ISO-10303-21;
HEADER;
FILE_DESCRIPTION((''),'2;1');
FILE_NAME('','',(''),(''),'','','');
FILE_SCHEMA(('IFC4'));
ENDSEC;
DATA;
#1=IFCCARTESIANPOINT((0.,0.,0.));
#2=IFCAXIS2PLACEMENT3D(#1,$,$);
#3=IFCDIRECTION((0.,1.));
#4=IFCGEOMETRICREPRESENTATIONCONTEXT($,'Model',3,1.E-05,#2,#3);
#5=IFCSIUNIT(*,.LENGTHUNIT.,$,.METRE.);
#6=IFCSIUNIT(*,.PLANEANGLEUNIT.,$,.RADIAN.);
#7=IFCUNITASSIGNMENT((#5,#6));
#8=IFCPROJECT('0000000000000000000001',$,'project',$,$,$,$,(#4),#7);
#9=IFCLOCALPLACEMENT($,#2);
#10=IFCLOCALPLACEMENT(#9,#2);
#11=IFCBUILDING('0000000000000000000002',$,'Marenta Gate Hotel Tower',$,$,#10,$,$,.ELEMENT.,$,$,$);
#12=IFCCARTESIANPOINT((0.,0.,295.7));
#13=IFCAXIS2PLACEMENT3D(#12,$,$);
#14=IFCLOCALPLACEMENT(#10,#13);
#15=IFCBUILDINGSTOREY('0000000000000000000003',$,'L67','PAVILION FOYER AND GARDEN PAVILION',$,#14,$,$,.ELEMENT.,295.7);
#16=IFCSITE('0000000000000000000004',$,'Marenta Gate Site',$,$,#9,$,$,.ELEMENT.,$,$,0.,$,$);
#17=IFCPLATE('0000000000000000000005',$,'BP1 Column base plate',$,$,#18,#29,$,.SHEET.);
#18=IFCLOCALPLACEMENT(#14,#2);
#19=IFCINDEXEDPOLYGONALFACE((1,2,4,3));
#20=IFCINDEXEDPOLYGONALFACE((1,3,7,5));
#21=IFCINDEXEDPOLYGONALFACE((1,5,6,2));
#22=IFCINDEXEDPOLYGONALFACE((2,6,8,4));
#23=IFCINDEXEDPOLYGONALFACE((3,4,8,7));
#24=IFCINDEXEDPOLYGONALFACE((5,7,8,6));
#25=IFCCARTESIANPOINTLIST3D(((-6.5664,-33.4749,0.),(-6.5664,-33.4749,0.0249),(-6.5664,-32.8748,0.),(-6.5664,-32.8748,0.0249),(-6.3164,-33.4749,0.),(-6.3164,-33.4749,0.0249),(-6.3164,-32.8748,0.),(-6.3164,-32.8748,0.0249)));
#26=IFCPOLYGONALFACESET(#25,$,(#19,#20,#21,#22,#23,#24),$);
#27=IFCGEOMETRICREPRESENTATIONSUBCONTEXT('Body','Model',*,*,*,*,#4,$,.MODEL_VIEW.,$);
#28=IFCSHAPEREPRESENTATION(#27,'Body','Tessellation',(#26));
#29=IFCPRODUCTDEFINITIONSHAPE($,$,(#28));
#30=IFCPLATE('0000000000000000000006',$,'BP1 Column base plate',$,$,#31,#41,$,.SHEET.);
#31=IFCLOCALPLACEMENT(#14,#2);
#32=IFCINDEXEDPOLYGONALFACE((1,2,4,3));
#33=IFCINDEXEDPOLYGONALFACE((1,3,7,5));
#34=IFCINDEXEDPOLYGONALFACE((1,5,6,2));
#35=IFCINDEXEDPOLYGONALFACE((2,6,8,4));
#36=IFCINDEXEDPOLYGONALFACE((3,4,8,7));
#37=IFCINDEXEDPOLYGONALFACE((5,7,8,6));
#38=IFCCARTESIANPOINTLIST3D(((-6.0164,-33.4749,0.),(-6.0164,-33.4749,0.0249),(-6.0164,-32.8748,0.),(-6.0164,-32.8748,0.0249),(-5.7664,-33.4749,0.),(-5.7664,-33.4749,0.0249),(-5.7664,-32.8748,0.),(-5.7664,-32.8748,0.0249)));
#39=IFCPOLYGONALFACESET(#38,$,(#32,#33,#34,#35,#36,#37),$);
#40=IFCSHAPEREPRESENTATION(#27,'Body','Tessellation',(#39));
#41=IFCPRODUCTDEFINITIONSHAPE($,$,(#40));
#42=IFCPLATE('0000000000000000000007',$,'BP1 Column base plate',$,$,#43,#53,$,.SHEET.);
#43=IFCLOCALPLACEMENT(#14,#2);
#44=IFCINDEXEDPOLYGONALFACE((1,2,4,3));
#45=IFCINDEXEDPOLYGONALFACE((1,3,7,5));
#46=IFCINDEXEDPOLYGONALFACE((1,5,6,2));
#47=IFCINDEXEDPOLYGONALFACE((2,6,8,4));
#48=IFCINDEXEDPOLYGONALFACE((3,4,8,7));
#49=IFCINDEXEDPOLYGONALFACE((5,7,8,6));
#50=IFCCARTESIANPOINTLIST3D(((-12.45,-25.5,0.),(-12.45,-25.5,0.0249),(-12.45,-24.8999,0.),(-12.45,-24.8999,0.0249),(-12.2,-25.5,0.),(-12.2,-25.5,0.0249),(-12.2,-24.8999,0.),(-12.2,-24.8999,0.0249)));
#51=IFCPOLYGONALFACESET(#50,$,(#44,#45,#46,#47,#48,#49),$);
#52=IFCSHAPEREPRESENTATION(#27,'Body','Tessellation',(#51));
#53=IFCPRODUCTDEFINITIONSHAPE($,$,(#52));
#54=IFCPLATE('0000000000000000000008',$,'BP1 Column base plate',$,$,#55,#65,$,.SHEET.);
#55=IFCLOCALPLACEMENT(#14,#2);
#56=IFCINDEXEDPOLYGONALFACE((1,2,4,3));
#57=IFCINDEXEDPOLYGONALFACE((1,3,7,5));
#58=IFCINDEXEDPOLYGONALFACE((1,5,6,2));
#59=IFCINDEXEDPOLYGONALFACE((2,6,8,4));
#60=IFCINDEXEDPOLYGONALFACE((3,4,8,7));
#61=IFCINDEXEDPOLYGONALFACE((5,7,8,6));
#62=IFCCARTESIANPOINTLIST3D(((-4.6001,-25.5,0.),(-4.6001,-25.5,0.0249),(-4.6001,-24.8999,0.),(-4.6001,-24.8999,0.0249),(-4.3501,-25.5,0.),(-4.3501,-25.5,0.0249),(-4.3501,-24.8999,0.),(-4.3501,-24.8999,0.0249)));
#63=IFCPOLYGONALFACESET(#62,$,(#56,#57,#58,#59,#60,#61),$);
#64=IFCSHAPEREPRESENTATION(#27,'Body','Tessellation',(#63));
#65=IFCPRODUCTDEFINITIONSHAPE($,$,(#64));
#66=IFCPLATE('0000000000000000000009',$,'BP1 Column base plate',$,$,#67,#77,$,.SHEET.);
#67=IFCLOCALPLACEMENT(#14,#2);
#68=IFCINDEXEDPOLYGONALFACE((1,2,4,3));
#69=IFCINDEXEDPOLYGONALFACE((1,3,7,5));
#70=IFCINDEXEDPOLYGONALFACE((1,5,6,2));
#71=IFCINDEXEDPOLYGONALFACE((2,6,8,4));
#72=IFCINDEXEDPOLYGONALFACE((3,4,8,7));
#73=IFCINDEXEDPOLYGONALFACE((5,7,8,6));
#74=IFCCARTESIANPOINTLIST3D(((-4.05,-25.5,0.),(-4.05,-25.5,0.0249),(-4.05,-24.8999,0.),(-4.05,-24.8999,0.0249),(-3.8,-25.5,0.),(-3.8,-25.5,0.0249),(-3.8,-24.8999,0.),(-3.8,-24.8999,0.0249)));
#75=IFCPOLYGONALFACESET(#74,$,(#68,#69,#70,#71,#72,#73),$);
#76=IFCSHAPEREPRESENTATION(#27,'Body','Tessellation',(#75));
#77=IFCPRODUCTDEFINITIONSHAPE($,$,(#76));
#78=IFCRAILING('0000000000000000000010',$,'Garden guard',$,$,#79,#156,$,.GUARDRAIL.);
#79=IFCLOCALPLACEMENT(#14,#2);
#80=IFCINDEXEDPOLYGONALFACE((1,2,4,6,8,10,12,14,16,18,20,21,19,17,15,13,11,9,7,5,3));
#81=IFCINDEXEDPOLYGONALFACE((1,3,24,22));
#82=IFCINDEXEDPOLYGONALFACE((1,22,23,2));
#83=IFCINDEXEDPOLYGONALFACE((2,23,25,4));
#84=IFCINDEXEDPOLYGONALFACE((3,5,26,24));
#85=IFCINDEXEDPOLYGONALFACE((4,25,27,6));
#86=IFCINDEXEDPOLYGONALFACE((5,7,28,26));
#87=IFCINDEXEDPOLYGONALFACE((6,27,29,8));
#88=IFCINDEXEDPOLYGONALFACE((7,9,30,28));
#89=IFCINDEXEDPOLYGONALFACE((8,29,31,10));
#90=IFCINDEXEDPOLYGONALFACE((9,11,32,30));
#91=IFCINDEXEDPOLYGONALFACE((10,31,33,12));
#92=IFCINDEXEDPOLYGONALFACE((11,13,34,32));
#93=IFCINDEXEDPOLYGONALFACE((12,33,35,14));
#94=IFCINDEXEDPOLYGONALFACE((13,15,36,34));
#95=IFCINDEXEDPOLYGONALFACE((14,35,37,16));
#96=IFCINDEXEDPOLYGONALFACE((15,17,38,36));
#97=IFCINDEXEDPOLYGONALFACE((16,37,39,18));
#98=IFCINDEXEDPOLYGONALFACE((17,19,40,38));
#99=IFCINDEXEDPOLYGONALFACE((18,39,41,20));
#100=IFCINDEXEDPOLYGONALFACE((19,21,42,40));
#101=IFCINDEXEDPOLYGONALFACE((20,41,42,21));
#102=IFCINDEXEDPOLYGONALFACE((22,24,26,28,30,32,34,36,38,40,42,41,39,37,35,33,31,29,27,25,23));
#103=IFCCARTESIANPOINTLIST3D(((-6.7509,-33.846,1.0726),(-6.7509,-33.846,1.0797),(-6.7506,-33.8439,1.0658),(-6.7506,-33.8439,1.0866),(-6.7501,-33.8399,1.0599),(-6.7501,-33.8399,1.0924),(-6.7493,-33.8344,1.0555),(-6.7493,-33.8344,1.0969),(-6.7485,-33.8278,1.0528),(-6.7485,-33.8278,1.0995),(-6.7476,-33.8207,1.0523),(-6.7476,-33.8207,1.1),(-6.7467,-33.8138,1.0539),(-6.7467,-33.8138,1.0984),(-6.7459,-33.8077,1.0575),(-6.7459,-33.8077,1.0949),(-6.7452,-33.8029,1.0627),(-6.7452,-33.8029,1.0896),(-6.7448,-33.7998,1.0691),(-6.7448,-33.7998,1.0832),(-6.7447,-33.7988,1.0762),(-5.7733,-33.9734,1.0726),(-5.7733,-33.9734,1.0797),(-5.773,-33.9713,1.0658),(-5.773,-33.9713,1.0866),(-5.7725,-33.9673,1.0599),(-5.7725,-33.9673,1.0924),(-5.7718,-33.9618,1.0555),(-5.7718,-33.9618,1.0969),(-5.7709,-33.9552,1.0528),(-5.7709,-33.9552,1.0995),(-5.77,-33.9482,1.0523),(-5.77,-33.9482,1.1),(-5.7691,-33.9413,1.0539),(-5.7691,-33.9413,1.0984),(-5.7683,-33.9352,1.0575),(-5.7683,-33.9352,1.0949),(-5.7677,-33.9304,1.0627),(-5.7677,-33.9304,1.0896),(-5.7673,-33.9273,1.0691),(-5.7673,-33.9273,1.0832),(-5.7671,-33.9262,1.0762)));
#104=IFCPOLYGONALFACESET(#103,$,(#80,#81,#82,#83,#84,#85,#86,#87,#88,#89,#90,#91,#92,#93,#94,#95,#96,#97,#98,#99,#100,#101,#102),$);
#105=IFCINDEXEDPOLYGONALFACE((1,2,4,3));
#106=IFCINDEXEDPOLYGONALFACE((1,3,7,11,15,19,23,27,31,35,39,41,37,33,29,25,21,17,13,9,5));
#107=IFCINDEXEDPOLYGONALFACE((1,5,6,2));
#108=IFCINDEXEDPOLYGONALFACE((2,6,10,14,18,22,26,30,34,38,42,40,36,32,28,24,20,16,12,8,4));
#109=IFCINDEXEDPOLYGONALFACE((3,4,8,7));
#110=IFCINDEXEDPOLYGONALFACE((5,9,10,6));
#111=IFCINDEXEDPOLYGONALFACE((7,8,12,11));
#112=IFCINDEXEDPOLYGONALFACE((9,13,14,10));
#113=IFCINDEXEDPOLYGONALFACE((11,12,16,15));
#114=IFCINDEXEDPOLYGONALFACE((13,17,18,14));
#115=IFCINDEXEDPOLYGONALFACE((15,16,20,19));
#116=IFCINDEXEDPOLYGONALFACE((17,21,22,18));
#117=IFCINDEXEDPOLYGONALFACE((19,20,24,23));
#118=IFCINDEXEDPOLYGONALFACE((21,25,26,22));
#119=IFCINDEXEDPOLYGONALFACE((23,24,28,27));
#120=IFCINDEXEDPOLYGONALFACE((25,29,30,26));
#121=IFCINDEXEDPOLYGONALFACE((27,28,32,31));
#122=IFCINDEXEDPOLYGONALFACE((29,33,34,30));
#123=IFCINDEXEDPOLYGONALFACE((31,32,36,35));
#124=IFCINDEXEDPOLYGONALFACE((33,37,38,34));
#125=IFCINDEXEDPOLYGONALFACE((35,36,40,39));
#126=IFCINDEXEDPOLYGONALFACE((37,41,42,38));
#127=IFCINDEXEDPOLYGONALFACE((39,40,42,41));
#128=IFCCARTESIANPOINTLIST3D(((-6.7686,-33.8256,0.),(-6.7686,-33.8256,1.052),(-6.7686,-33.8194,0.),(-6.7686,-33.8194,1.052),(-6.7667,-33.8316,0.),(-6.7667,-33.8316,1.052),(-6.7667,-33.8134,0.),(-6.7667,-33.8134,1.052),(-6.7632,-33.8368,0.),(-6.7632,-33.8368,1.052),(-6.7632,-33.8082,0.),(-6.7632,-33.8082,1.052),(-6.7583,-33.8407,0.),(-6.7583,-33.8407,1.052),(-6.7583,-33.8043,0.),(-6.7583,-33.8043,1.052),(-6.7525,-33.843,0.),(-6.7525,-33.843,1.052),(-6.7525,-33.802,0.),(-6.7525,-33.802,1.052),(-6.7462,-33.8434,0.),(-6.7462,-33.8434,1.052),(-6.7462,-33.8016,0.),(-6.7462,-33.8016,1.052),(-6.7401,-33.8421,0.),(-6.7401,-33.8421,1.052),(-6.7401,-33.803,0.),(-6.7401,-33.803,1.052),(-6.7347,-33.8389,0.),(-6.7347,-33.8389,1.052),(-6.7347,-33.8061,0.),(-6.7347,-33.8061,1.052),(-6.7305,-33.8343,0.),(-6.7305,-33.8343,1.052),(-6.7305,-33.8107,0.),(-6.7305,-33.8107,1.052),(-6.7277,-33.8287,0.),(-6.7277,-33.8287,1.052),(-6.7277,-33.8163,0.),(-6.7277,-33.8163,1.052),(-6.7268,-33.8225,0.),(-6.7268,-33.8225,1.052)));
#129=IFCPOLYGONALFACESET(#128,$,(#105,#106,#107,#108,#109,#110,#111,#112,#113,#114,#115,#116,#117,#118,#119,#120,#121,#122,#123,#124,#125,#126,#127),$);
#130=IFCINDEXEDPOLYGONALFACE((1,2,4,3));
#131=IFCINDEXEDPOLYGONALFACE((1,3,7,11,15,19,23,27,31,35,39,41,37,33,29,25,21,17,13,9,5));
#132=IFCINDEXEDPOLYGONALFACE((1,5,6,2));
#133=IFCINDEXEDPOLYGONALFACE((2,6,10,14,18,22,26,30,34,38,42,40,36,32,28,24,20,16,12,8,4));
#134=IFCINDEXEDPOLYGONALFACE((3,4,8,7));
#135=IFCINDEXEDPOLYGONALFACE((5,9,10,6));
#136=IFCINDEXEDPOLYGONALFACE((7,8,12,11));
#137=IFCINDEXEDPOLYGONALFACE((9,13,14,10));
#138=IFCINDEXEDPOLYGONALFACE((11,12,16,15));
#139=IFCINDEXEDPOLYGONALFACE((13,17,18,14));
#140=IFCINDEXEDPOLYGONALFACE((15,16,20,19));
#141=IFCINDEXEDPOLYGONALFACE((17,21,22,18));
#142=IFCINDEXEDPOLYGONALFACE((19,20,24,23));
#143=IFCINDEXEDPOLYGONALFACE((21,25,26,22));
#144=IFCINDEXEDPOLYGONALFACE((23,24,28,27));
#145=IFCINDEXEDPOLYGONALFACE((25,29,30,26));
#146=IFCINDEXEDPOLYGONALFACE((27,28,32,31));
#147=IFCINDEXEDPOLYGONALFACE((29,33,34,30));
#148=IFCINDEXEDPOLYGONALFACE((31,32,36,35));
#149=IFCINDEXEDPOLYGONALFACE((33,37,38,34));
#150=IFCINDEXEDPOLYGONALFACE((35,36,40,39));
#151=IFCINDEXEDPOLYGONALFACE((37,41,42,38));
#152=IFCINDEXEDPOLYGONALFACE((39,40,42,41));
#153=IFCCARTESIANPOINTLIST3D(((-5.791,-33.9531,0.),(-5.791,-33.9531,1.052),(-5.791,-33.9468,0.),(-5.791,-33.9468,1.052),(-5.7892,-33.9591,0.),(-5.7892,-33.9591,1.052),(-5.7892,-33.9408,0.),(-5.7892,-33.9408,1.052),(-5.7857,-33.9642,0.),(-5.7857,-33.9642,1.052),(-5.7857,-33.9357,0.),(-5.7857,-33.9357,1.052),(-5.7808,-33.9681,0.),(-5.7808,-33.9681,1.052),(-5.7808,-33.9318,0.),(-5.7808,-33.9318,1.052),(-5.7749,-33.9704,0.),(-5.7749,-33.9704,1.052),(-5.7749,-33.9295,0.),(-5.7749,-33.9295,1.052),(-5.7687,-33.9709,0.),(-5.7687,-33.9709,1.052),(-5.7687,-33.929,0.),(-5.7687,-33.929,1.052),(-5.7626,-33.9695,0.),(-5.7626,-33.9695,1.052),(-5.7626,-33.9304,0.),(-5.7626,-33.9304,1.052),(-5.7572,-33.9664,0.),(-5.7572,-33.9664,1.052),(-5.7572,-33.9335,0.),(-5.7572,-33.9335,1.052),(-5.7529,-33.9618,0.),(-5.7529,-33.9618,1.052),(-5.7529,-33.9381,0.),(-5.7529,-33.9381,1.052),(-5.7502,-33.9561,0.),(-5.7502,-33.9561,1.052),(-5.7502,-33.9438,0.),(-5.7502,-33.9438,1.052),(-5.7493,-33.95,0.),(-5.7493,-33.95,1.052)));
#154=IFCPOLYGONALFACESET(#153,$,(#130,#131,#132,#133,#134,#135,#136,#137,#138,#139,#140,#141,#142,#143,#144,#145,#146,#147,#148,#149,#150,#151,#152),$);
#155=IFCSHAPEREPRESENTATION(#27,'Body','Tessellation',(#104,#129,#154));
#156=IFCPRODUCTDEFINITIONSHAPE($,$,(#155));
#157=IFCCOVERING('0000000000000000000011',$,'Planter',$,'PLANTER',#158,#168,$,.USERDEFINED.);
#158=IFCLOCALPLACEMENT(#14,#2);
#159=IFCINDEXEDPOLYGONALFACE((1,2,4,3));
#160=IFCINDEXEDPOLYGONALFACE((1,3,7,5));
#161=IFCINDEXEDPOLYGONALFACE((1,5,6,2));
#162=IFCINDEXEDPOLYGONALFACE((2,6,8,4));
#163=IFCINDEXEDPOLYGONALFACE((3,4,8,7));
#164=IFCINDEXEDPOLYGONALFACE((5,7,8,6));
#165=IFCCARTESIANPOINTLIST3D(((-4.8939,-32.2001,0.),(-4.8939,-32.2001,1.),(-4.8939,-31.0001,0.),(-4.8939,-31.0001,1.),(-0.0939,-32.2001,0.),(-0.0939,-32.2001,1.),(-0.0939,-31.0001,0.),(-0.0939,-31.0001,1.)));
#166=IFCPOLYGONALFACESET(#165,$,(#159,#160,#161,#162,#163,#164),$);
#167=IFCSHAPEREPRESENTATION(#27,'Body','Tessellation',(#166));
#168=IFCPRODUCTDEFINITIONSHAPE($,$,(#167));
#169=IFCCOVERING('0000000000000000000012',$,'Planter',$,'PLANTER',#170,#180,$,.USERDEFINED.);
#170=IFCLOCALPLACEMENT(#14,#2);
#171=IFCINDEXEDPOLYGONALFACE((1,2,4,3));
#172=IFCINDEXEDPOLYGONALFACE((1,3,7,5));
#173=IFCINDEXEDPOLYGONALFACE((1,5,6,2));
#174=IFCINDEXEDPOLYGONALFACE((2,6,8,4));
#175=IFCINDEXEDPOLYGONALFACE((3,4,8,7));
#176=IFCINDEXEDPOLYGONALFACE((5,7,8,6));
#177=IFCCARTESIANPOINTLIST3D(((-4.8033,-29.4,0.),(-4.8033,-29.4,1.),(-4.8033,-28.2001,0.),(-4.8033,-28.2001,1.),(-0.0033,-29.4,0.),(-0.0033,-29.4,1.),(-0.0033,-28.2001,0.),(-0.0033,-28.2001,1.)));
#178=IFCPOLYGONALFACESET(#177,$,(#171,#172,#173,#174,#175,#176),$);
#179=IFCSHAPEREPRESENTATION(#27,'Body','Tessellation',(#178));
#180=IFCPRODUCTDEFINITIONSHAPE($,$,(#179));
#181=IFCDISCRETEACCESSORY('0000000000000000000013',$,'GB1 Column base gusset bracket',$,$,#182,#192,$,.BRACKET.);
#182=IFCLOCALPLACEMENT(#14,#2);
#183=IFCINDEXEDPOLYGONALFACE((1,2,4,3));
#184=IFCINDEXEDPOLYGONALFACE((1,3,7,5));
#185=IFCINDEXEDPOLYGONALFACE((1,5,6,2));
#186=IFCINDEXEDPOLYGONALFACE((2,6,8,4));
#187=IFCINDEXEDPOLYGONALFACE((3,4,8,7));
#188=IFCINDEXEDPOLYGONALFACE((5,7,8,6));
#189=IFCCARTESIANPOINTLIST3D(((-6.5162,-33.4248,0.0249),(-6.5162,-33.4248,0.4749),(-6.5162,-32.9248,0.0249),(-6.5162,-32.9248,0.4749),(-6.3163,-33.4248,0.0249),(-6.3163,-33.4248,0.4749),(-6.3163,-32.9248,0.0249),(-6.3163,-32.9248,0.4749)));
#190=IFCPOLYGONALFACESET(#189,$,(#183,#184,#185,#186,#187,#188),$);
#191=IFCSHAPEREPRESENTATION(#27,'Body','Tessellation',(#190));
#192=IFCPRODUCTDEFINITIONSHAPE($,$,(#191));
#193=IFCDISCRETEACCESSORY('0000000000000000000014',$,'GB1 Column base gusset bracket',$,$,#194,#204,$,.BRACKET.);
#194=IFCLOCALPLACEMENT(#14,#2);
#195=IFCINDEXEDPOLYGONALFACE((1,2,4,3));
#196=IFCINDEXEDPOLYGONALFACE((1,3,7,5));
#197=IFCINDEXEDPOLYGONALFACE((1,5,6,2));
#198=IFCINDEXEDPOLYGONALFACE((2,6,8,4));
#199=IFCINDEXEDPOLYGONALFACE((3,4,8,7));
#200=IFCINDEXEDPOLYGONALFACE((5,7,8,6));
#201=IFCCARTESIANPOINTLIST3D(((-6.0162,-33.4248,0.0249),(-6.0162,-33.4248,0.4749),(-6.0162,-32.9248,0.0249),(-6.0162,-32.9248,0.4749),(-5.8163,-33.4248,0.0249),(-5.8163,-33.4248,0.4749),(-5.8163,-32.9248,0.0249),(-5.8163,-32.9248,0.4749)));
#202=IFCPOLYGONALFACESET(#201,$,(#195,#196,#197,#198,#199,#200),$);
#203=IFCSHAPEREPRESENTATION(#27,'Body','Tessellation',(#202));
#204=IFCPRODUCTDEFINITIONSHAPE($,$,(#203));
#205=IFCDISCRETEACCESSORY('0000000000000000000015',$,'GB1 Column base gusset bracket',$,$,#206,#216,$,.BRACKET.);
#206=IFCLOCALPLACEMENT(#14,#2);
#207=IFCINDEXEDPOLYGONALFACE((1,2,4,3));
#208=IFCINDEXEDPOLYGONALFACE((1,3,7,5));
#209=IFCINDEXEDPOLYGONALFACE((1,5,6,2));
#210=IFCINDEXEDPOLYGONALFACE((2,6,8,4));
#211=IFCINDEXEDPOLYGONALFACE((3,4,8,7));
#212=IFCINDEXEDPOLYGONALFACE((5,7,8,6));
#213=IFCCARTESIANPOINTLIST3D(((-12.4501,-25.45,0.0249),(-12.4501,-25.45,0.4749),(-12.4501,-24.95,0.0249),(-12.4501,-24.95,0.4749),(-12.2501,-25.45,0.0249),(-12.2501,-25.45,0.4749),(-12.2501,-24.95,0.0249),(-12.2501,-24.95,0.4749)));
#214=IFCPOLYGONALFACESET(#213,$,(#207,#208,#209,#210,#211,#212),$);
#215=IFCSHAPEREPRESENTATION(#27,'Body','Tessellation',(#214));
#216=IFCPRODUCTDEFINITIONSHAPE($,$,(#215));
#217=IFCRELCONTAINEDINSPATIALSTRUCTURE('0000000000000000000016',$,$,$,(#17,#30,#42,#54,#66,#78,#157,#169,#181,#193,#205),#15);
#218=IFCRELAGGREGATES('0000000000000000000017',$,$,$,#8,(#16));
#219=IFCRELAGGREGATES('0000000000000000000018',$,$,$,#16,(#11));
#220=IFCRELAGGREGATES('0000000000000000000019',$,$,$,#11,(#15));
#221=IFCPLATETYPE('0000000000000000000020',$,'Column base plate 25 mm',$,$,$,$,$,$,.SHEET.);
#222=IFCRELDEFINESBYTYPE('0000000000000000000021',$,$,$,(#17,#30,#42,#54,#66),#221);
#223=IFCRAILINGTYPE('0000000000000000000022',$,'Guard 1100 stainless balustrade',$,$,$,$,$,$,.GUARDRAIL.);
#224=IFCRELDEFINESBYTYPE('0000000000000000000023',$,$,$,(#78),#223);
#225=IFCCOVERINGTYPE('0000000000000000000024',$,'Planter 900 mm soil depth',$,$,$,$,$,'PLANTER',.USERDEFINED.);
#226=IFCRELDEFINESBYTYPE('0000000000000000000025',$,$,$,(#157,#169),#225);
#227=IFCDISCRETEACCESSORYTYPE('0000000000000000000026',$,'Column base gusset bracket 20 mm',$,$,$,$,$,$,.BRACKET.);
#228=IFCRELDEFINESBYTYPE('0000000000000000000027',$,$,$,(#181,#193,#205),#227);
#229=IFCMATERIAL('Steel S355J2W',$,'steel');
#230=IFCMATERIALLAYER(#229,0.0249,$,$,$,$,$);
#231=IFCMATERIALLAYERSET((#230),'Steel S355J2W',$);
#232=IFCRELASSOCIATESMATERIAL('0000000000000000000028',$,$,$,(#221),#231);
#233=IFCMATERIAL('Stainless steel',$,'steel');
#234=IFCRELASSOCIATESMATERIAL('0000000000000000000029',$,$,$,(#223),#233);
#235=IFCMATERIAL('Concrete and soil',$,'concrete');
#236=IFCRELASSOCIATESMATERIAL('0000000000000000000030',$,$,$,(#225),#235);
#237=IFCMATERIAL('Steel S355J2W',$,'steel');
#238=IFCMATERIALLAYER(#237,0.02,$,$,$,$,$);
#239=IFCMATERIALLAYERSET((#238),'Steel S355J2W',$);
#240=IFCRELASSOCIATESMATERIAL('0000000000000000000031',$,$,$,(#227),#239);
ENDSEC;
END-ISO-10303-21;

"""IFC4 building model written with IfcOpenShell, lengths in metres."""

from ifc_helpers import new_model, si_unit, direction, frame, origin, origin_2d, place, context, subcontext, project, spatial, rectangle, circle, extrude, material, layer, layer_set, type_object, element, save


model = new_model("IFC4")

# Units and contexts
model_context = context("Model", 3, precision=1e-05, world=origin(), true_north=direction((0.0, 1.0)))
body_context = subcontext(model_context, "Body", "Model", "MODEL_VIEW")
ifc_project = project(units=[si_unit("LENGTHUNIT", "METRE"), si_unit("PLANEANGLEUNIT", "RADIAN")], contexts=[model_context])

# Site, building, storey
site_placement = place(None, origin())
site = spatial("IfcSite", under=ifc_project, at=site_placement, Name="Marenta Gate Site", CompositionType="ELEMENT", RefElevation=0.0)
building_placement = place(site_placement, origin())
building = spatial("IfcBuilding", under=site, at=building_placement, Name="Marenta Gate Hotel Tower", CompositionType="ELEMENT")
storey_placement = place(building_placement, frame((0.0, 0.0, 295.7)))
storey = spatial("IfcBuildingStorey", under=building, at=storey_placement, Name="L67", Description="PAVILION FOYER AND GARDEN PAVILION", CompositionType="ELEMENT", Elevation=295.7)

# Plates
ifc_material_1 = material(Name="Steel S355J2W", Category="steel")
ifc_layer_1 = layer(ifc_material_1, 0.0249)
ifc_layer_set_1 = layer_set([ifc_layer_1], Name="Steel S355J2W")
plate_type = type_object("IfcPlateType", Name="Column base plate 25 mm", PredefinedType="SHEET", material=ifc_layer_set_1)
for number, where, z_axis, x_axis, name in (
    (1, (-6.4414, -33.1748, 0.0), (0.0, 0.0, 1.0), (1.0, 0.0, 0.0), "BP1 Column base plate"),
    (2, (-5.8914, -33.1748, 0.0), (0.0, 0.0, 1.0), (1.0, 0.0, 0.0), "BP1 Column base plate"),
    (3, (-12.325, -25.2, 0.0), (0.0, 0.0, 1.0), (1.0, 0.0, 0.0), "BP1 Column base plate"),
    (4, (-4.4751, -25.2, 0.0), (0.0, 0.0, 1.0), (1.0, 0.0, 0.0), "BP1 Column base plate"),
    (5, (-3.925, -25.2, 0.0), (0.0, 0.0, 1.0), (1.0, 0.0, 0.0), "BP1 Column base plate"),
):
    element("IfcPlate", number, at=place(storey_placement, frame(where, z_axis=z_axis, x_axis=x_axis)), inside=storey, type_object=plate_type, Name=name, PredefinedType="SHEET", context=body_context, shape_type="SweptSolid", body=[
        extrude(rectangle(XDim=0.25, YDim=0.6001, at=origin_2d()), origin(), (0.0, 0.0, 1.0), 0.0249),
    ])

# Railing
ifc_material_2 = material(Name="Stainless steel", Category="steel")
railing_type = type_object("IfcRailingType", Name="Guard 1100 stainless balustrade", PredefinedType="GUARDRAIL", material=ifc_material_2)
railing_1_placement = place(storey_placement, frame((-6.7478, -33.8225, 0.0)))
element("IfcRailing", 6, at=railing_1_placement, inside=storey, type_object=railing_type, Name="Garden guard", PredefinedType="GUARDRAIL", context=body_context, shape_type="SweptSolid", body=[
    extrude(circle(Radius=0.0239, at=origin_2d()), frame((0.0, 0.0, 1.0762), z_axis=(0.991609, -0.129276, 0.0), x_axis=(0.129276, 0.991609, 0.0)), (0.0, 0.0, 1.0), 0.9858),
    extrude(circle(Radius=0.021, at=origin_2d()), origin(), (0.0, 0.0, 1.0), 1.052),
    extrude(circle(Radius=0.021, at=origin_2d()), frame((0.9775, -0.1274, 0.0)), (0.0, 0.0, 1.0), 1.052),
])

# Coverings
ifc_material_3 = material(Name="Concrete and soil", Category="concrete")
covering_type = type_object("IfcCoveringType", Name="Planter 900 mm soil depth", ElementType="PLANTER", PredefinedType="USERDEFINED", material=ifc_material_3)
for number, where, z_axis, x_axis, name in (
    (7, (-2.4939, -31.6001, 0.0), (0.0, 0.0, 1.0), (1.0, 0.0, 0.0), "Planter"),
    (8, (-2.4033, -28.8, 0.0), (0.0, 0.0, 1.0), (1.0, 0.0, 0.0), "Planter"),
):
    element("IfcCovering", number, at=place(storey_placement, frame(where, z_axis=z_axis, x_axis=x_axis)), inside=storey, type_object=covering_type, Name=name, ObjectType="PLANTER", PredefinedType="USERDEFINED", context=body_context, shape_type="SweptSolid", body=[
        extrude(rectangle(XDim=4.8, YDim=1.2, at=origin_2d()), origin(), (0.0, 0.0, 1.0), 1.0),
    ])

# Discrete accessories
ifc_material_4 = material(Name="Steel S355J2W", Category="steel")
ifc_layer_2 = layer(ifc_material_4, 0.02)
ifc_layer_set_2 = layer_set([ifc_layer_2], Name="Steel S355J2W")
discrete_accessory_type = type_object("IfcDiscreteAccessoryType", Name="Column base gusset bracket 20 mm", PredefinedType="BRACKET", material=ifc_layer_set_2)
for number, where, z_axis, x_axis, name in (
    (9, (-6.4163, -33.1748, 0.0249), (0.0, 0.0, 1.0), (1.0, 0.0, 0.0), "GB1 Column base gusset bracket"),
    (10, (-5.9163, -33.1748, 0.0249), (0.0, 0.0, 1.0), (1.0, 0.0, 0.0), "GB1 Column base gusset bracket"),
    (11, (-12.3501, -25.2, 0.0249), (0.0, 0.0, 1.0), (1.0, 0.0, 0.0), "GB1 Column base gusset bracket"),
):
    element("IfcDiscreteAccessory", number, at=place(storey_placement, frame(where, z_axis=z_axis, x_axis=x_axis)), inside=storey, type_object=discrete_accessory_type, Name=name, PredefinedType="BRACKET", context=body_context, shape_type="SweptSolid", body=[
        extrude(rectangle(XDim=0.2, YDim=0.5, at=origin_2d()), origin(), (0.0, 0.0, 1.0), 0.45),
    ])

save(model, "model.ifc")
